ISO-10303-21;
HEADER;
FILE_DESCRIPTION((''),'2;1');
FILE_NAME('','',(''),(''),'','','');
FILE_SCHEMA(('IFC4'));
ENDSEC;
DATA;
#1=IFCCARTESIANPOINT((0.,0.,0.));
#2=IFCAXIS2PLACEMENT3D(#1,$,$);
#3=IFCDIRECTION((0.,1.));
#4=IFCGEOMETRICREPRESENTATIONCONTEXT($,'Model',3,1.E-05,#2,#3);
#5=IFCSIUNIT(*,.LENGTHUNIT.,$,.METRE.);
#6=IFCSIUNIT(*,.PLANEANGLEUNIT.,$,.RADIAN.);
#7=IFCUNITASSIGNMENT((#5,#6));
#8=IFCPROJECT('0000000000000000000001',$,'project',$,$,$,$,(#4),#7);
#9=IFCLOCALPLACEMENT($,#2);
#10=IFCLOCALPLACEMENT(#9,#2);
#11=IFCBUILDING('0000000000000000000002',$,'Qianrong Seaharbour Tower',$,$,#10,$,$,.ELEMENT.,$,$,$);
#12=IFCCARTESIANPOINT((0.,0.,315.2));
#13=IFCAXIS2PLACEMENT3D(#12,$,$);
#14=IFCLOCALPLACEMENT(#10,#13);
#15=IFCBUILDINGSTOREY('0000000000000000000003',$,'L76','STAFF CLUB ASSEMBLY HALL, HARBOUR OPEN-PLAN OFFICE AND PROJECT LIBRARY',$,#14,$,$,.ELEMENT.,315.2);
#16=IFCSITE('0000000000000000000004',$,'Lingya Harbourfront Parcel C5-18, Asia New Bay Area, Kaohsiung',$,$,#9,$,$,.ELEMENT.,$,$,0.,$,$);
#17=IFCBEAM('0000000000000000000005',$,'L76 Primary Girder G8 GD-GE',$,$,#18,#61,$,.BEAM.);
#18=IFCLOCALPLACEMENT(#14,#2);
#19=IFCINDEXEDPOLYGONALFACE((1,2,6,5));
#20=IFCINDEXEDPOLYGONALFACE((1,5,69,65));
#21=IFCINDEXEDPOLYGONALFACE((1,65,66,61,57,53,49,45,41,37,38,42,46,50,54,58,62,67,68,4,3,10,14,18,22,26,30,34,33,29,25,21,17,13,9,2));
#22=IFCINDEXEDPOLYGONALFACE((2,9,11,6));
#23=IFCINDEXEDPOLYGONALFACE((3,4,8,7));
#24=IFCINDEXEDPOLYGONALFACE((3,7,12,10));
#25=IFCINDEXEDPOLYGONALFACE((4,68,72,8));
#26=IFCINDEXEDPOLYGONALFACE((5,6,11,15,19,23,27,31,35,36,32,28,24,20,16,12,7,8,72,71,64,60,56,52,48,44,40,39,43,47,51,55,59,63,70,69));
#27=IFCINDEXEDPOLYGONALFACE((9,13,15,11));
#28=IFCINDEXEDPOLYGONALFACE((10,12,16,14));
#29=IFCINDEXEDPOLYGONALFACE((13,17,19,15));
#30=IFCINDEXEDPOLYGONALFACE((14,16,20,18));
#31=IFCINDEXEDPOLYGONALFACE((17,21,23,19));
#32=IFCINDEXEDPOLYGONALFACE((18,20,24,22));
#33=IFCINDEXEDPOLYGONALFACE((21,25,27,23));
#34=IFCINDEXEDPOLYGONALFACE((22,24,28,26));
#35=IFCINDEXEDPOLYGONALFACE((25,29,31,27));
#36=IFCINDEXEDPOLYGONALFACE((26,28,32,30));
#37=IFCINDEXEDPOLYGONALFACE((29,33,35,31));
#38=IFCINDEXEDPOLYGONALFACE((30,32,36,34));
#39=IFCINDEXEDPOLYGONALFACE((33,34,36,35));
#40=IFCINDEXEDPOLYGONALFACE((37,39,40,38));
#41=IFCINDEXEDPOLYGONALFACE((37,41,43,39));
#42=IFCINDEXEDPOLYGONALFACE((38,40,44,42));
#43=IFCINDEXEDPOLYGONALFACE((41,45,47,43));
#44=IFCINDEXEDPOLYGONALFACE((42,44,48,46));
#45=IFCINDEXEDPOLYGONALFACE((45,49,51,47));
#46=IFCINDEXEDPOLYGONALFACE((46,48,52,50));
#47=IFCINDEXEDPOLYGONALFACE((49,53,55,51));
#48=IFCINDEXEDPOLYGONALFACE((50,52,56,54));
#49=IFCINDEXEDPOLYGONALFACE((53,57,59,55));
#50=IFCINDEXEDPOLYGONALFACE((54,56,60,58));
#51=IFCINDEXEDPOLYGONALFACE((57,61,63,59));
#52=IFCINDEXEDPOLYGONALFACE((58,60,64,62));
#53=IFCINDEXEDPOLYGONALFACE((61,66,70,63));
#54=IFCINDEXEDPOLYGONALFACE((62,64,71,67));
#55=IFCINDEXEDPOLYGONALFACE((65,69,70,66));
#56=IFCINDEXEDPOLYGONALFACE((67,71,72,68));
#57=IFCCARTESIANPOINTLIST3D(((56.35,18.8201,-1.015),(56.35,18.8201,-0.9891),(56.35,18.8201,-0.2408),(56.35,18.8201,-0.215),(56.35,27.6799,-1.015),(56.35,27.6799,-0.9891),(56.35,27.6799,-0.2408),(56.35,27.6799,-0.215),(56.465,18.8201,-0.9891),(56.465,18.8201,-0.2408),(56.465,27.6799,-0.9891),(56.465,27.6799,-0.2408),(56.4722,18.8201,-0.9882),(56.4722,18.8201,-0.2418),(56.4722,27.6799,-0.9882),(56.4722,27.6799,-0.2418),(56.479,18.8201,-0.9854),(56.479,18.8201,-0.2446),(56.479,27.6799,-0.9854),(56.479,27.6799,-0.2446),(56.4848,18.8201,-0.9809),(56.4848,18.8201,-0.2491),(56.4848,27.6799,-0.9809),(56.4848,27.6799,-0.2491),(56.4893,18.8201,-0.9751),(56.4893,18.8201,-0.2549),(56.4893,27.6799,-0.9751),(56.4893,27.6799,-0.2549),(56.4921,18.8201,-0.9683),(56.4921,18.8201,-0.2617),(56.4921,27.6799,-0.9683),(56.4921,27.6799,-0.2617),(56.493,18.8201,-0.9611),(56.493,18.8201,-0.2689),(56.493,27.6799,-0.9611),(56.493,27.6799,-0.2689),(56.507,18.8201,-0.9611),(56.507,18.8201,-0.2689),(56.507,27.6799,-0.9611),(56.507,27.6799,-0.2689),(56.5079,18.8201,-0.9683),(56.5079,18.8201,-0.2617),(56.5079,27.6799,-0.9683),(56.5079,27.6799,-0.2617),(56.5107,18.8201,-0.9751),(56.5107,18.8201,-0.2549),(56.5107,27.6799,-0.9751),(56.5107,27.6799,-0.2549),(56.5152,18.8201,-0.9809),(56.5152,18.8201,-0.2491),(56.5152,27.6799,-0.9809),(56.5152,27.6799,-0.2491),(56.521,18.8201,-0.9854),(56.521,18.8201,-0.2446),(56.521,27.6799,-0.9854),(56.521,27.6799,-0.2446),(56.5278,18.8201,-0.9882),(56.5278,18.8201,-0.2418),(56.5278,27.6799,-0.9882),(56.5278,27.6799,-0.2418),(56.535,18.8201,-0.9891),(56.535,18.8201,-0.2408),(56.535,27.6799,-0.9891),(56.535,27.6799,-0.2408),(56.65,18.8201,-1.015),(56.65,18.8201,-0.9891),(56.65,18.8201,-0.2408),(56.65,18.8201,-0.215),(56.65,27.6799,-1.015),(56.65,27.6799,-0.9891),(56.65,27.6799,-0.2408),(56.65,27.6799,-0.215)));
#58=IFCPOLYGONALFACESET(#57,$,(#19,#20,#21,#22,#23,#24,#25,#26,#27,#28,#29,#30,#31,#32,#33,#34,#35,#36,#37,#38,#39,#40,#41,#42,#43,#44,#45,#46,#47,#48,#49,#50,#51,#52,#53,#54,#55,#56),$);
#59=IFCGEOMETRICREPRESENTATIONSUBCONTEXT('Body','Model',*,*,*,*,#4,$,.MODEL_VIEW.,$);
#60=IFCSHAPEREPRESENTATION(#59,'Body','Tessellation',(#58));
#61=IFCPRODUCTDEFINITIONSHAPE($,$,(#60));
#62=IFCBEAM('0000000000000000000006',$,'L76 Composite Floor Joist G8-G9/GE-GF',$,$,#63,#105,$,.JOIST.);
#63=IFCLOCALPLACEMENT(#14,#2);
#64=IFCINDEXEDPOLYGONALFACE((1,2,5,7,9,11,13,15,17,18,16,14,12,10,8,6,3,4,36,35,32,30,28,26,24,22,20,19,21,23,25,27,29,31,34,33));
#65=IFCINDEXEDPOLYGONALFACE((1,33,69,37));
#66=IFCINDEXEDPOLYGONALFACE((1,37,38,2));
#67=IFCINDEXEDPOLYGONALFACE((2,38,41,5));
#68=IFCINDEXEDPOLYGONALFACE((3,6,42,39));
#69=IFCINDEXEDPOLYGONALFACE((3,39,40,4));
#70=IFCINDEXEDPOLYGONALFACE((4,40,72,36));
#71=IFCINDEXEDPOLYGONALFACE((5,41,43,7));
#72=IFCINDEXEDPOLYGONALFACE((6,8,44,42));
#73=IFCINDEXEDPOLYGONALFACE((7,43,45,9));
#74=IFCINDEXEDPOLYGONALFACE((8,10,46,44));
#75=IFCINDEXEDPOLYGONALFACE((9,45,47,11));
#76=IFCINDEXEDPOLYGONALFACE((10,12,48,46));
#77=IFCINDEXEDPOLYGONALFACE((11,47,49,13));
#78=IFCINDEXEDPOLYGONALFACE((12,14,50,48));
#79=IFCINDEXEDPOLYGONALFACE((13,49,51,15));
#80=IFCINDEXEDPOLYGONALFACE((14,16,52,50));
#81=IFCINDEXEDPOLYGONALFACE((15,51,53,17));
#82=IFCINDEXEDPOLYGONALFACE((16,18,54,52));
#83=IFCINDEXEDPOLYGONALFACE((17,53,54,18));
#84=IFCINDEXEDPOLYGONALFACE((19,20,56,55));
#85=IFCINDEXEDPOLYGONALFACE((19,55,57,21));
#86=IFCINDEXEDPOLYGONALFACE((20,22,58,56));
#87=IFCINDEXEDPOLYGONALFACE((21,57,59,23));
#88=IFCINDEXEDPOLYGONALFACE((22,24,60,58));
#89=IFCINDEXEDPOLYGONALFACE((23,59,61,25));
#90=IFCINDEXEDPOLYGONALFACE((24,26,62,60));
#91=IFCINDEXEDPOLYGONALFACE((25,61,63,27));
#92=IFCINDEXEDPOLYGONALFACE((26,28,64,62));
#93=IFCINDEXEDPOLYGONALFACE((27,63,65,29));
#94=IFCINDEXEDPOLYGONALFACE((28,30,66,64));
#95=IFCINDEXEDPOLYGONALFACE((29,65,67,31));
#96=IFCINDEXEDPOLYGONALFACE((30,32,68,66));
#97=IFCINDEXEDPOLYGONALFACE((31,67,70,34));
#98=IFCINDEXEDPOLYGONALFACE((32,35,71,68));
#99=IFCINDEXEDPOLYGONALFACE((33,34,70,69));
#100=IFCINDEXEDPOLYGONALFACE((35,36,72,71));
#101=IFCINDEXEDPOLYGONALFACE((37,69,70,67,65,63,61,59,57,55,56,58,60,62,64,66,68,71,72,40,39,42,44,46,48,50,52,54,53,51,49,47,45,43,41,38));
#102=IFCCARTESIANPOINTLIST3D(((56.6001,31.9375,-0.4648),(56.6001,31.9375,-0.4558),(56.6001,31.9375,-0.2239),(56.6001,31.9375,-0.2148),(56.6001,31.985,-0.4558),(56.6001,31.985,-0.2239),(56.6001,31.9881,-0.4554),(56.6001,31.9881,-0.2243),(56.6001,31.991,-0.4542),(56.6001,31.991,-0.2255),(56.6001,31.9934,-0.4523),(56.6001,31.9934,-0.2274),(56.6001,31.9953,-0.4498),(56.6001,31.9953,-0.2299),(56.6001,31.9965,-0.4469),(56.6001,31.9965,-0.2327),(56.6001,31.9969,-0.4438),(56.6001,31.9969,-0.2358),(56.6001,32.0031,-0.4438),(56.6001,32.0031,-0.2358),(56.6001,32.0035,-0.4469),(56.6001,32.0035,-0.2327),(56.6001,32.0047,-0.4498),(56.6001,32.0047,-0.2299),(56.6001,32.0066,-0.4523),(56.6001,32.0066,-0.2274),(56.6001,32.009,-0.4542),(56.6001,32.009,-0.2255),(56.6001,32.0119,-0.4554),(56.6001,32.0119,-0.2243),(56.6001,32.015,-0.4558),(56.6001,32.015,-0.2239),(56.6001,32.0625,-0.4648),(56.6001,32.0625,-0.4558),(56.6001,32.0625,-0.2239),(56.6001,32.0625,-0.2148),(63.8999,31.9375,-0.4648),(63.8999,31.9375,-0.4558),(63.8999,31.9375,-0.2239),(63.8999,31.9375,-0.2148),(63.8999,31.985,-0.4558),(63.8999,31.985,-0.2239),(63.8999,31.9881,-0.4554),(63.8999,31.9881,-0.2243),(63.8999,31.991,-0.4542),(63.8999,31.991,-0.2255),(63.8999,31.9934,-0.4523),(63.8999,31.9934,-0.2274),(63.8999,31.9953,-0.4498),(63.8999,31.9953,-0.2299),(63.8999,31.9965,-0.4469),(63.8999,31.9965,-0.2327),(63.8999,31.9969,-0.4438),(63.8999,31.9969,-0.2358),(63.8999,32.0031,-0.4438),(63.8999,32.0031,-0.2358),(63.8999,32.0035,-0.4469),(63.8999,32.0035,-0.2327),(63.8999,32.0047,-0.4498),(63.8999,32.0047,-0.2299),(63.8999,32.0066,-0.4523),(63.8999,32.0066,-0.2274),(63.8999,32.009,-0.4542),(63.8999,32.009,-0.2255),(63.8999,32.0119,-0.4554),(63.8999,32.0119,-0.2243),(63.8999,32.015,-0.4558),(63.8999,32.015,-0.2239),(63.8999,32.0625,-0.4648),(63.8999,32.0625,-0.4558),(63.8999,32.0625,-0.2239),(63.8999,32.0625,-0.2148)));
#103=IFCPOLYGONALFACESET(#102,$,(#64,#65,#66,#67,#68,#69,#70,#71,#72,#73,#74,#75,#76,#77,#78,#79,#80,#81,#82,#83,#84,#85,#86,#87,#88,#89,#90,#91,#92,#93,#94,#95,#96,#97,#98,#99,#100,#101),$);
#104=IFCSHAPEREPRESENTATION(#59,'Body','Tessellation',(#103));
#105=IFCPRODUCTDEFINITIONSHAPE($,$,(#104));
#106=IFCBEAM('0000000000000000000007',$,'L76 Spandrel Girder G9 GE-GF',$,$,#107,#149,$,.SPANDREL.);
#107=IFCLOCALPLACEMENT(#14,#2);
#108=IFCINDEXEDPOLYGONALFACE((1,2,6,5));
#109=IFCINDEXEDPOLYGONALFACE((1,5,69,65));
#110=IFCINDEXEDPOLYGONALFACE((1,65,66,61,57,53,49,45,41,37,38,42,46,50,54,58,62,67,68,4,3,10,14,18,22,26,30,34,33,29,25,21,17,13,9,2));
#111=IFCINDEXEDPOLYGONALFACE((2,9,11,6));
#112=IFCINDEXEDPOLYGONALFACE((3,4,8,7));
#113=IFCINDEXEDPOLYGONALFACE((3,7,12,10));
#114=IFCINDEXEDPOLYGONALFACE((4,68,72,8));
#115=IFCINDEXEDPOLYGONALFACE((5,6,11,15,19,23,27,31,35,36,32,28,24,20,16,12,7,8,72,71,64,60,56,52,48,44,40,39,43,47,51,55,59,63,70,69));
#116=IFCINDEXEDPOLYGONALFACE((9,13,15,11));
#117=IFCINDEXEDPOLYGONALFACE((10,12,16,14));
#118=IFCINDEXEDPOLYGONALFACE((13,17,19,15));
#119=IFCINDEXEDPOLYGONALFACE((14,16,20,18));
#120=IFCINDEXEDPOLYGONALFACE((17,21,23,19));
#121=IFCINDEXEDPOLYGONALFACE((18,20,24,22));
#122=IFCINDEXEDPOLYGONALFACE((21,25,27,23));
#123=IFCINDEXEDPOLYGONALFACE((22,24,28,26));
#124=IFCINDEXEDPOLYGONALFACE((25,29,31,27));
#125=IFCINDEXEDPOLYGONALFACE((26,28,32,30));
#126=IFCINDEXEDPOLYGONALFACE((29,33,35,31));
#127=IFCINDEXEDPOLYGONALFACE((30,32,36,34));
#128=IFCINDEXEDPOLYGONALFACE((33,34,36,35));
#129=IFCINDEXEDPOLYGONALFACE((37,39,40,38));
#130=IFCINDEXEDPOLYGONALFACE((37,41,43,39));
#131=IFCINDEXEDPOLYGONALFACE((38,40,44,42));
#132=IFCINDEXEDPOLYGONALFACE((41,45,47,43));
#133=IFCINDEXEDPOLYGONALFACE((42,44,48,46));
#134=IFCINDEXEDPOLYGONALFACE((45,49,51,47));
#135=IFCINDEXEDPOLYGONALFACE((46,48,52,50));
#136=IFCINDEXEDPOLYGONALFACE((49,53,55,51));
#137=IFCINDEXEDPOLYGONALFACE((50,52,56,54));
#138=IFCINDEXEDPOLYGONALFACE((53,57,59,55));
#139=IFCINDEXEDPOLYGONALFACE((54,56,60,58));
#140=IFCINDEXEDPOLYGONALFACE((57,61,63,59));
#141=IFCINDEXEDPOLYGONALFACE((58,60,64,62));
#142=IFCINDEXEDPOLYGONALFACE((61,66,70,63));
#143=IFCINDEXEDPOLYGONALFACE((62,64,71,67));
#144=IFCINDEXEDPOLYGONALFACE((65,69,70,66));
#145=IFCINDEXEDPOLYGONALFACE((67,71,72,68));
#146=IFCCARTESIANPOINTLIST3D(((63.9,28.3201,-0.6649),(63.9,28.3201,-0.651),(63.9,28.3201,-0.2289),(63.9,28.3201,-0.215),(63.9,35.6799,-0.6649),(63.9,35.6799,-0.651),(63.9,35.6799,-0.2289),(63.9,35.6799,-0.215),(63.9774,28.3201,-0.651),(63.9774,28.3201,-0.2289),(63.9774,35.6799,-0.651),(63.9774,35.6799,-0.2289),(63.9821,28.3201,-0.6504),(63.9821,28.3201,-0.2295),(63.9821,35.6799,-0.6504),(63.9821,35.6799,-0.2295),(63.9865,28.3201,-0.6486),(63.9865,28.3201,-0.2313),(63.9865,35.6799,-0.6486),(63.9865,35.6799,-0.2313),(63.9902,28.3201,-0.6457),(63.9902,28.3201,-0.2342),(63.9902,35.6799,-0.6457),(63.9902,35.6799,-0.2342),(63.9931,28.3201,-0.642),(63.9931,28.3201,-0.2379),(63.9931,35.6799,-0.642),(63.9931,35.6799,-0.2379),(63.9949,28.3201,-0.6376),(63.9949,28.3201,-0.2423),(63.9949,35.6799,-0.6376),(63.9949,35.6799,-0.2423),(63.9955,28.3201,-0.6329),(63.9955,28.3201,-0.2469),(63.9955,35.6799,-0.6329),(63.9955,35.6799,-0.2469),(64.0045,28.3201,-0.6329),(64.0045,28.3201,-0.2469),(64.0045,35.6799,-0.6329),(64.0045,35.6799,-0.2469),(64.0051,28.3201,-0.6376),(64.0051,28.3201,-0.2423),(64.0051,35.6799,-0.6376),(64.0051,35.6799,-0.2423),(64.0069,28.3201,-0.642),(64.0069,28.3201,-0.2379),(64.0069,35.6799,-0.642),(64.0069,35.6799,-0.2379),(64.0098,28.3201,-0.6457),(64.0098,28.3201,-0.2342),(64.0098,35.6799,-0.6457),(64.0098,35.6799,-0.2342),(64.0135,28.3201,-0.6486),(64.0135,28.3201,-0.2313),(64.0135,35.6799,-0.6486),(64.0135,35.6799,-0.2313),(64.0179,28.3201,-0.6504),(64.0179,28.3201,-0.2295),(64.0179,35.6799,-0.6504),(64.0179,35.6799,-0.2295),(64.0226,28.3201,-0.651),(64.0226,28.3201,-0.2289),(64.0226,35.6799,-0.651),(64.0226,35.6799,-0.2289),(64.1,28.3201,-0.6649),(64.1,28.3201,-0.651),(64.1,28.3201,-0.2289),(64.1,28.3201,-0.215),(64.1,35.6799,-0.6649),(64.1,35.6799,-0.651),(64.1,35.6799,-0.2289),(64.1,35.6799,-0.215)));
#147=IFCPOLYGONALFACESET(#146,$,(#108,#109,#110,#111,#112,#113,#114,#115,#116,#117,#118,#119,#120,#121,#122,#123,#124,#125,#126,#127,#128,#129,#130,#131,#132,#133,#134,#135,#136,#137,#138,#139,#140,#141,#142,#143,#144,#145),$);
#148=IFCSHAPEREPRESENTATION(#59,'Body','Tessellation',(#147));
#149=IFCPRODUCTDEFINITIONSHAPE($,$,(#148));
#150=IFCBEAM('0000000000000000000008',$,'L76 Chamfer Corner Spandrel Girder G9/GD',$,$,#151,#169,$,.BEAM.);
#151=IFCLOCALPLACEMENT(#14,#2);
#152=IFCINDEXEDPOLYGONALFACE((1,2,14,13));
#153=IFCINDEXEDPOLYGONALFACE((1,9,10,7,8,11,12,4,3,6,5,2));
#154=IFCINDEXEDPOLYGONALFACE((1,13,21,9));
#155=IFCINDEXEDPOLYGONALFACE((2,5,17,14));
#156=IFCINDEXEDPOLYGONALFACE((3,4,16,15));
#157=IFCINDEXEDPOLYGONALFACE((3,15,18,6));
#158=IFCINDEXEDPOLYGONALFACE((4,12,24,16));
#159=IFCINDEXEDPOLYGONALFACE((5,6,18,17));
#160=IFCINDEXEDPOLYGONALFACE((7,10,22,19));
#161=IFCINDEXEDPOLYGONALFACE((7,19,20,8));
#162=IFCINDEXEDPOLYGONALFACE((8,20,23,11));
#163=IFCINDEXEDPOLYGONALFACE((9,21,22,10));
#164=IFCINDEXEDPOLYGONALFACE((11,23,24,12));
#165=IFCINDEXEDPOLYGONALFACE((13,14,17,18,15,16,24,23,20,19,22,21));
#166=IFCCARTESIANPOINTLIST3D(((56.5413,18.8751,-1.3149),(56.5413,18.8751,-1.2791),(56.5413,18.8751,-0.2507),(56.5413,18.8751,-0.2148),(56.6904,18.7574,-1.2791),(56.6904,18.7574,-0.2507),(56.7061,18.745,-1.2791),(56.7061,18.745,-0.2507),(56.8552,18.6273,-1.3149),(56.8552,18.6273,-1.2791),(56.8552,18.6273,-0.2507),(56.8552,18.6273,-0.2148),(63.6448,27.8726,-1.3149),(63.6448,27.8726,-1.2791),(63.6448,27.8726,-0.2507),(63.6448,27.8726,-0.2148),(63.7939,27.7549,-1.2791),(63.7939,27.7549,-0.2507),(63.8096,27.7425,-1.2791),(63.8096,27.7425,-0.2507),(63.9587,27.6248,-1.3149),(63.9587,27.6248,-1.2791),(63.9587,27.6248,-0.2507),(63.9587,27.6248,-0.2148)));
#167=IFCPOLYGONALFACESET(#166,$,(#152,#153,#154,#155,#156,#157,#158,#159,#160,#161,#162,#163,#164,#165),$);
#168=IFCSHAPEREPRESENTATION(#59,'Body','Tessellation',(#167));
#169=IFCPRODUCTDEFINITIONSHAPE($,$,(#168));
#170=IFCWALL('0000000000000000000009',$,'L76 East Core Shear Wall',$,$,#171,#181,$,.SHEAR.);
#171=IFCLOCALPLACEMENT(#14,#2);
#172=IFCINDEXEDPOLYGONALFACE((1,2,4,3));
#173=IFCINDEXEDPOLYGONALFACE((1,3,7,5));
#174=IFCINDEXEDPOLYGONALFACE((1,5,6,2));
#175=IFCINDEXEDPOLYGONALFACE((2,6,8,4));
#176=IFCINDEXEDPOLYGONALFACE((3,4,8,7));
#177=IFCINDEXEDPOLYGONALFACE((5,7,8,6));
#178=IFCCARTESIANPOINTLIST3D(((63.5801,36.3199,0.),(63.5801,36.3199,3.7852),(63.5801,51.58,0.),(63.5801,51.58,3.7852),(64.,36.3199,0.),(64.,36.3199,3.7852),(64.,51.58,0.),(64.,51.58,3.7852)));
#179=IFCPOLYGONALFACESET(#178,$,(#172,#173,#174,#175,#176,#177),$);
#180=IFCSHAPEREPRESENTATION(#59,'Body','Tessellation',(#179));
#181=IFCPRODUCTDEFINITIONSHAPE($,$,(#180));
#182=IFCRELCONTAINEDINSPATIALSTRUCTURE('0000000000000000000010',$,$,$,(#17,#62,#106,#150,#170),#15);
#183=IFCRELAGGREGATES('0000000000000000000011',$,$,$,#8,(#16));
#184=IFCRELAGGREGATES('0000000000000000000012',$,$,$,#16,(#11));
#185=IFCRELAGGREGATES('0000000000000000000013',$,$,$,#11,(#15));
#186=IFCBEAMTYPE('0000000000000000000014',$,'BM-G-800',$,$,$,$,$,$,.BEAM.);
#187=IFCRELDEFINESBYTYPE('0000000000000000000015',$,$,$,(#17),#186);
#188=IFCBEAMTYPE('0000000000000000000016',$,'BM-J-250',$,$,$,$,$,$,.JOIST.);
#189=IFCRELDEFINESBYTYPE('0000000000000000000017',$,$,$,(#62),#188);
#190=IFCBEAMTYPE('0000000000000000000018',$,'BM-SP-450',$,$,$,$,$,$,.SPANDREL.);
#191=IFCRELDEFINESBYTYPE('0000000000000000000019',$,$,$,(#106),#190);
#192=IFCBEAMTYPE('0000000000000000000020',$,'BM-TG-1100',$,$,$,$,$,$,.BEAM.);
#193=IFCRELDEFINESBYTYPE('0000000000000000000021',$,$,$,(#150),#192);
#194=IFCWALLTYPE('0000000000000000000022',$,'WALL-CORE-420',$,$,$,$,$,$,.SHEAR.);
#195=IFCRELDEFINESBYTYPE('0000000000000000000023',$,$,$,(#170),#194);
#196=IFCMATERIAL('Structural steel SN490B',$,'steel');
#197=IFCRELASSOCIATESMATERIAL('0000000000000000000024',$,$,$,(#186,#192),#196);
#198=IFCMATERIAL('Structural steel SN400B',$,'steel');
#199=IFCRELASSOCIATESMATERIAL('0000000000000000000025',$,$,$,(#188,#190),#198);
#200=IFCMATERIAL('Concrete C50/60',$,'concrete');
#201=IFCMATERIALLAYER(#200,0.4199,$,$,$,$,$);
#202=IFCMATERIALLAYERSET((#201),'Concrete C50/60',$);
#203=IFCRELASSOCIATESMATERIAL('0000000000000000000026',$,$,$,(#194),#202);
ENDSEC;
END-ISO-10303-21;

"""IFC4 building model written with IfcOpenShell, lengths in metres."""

from ifc_helpers import new_model, si_unit, direction, frame, frame_2d, origin, origin_2d, place, context, subcontext, project, spatial, rectangle, i_section, extrude, material, layer, layer_set, material_profile, profile_set, type_object, element, save


model = new_model("IFC4")

# Units and contexts
model_context = context("Model", 3, precision=1e-05, world=origin(), true_north=direction((0.0, 1.0)))
body_context = subcontext(model_context, "Body", "Model", "MODEL_VIEW")
ifc_project = project(units=[si_unit("LENGTHUNIT", "METRE"), si_unit("PLANEANGLEUNIT", "RADIAN")], contexts=[model_context])

# Site, building, storey
site_placement = place(None, origin())
site = spatial("IfcSite", under=ifc_project, at=site_placement, Name="Lingya Harbourfront Parcel C5-18, Asia New Bay Area, Kaohsiung", CompositionType="ELEMENT", RefElevation=0.0)
building_placement = place(site_placement, origin())
building = spatial("IfcBuilding", under=site, at=building_placement, Name="Qianrong Seaharbour Tower", CompositionType="ELEMENT")
storey_placement = place(building_placement, frame((0.0, 0.0, 315.2)))
storey = spatial("IfcBuildingStorey", under=building, at=storey_placement, Name="L76", Description="STAFF CLUB ASSEMBLY HALL, HARBOUR OPEN-PLAN OFFICE AND PROJECT LIBRARY", CompositionType="ELEMENT", Elevation=315.2)

# Shared definitions
ifc_material_1 = material(Name="Structural steel SN490B", Category="steel")
ifc_material_2 = material(Name="Concrete C50/60", Category="concrete")
ifc_material_3 = material(Name="Structural steel SN400B", Category="steel")

# Beams
ifc_material_profile_1 = material_profile(ifc_material_1, i_section(OverallWidth=0.3, OverallDepth=0.8, WebThickness=0.0139, FlangeThickness=0.0259, FilletRadius=0.0281, at=origin_2d()), Name="H800x300x14x26")
ifc_profile_set_1 = profile_set([ifc_material_profile_1], Name="Structural steel SN490B")
beam_type_1 = type_object("IfcBeamType", Name="BM-G-800", PredefinedType="BEAM", material=ifc_profile_set_1)
beam_1_placement = place(storey_placement, frame((56.5, 18.8201, -0.615), z_axis=(0.0, 1.0, 0.0), x_axis=(-1.0, 0.0, 0.0)))
element("IfcBeam", 1, at=beam_1_placement, inside=storey, type_object=beam_type_1, Name="L76 Primary Girder G8 GD-GE", PredefinedType="BEAM", context=body_context, shape_type="SweptSolid", body=[
    extrude(i_section(OverallWidth=0.3, OverallDepth=0.8, WebThickness=0.0139, FlangeThickness=0.0259, FilletRadius=0.0281, at=origin_2d()), origin(), (0.0, 0.0, 1.0), 8.8599),
])
ifc_material_profile_2 = material_profile(ifc_material_3, i_section(OverallWidth=0.125, OverallDepth=0.25, WebThickness=0.0061, FlangeThickness=0.009, FilletRadius=0.012, at=origin_2d()), Name="H250x125x6x9")
ifc_profile_set_2 = profile_set([ifc_material_profile_2], Name="Structural steel SN400B")
beam_type_2 = type_object("IfcBeamType", Name="BM-J-250", PredefinedType="JOIST", material=ifc_profile_set_2)
beam_2_placement = place(storey_placement, frame((56.6001, 32.0, -0.3398), z_axis=(1.0, 0.0, 0.0), x_axis=(0.0, 1.0, 0.0)))
element("IfcBeam", 2, at=beam_2_placement, inside=storey, type_object=beam_type_2, Name="L76 Composite Floor Joist G8-G9/GE-GF", PredefinedType="JOIST", context=body_context, shape_type="SweptSolid", body=[
    extrude(i_section(OverallWidth=0.125, OverallDepth=0.25, WebThickness=0.0061, FlangeThickness=0.009, FilletRadius=0.012, at=origin_2d()), origin(), (0.0, 0.0, 1.0), 7.2998),
])
ifc_material_profile_3 = material_profile(ifc_material_3, i_section(OverallWidth=0.2, OverallDepth=0.45, WebThickness=0.009, FlangeThickness=0.0139, FilletRadius=0.0181, at=origin_2d()), Name="H450x200x9x14")
ifc_profile_set_3 = profile_set([ifc_material_profile_3], Name="Structural steel SN400B")
beam_type_3 = type_object("IfcBeamType", Name="BM-SP-450", PredefinedType="SPANDREL", material=ifc_profile_set_3)
beam_3_placement = place(storey_placement, frame((64.0, 28.3201, -0.4399), z_axis=(0.0, 1.0, 0.0), x_axis=(-1.0, 0.0, 0.0)))
element("IfcBeam", 3, at=beam_3_placement, inside=storey, type_object=beam_type_3, Name="L76 Spandrel Girder G9 GE-GF", PredefinedType="SPANDREL", context=body_context, shape_type="SweptSolid", body=[
    extrude(i_section(OverallWidth=0.2, OverallDepth=0.45, WebThickness=0.009, FlangeThickness=0.0139, FilletRadius=0.0181, at=origin_2d()), origin(), (0.0, 0.0, 1.0), 7.3599),
])
ifc_material_profile_4 = material_profile(ifc_material_1, i_section(OverallWidth=0.3999, OverallDepth=1.1001, WebThickness=0.02, FlangeThickness=0.0359, at=origin_2d()), Name="BH1100x400x20x36")
ifc_profile_set_4 = profile_set([ifc_material_profile_4], Name="Structural steel SN490B")
beam_type_4 = type_object("IfcBeamType", Name="BM-TG-1100", PredefinedType="BEAM", material=ifc_profile_set_4)
beam_4_placement = place(storey_placement, frame((56.6982, 18.7512, -0.7649), z_axis=(0.619654, 0.784875, 0.0), x_axis=(-0.784875, 0.619654, 0.0)))
element("IfcBeam", 4, at=beam_4_placement, inside=storey, type_object=beam_type_4, Name="L76 Chamfer Corner Spandrel Girder G9/GD", PredefinedType="BEAM", context=body_context, shape_type="SweptSolid", body=[
    extrude(i_section(OverallWidth=0.3999, OverallDepth=1.1001, WebThickness=0.02, FlangeThickness=0.0359, at=origin_2d()), origin(), (0.0, 0.0, 1.0), 11.4636),
])

# Wall
ifc_layer_1 = layer(ifc_material_2, 0.4199)
ifc_layer_set_1 = layer_set([ifc_layer_1], Name="Concrete C50/60")
wall_type_1 = type_object("IfcWallType", Name="WALL-CORE-420", PredefinedType="SHEAR", material=ifc_layer_set_1)
wall_1_placement = place(storey_placement, frame((63.79, 36.3201, 0.0), z_axis=(0.0, 0.0, 1.0), x_axis=(0.0, 1.0, 0.0)))
element("IfcWall", 5, at=wall_1_placement, inside=storey, type_object=wall_type_1, Name="L76 East Core Shear Wall", PredefinedType="SHEAR", context=body_context, shape_type="SweptSolid", body=[
    extrude(rectangle(XDim=15.26, YDim=0.4199, at=frame_2d((7.6299, 0.0))), origin(), (0.0, 0.0, 1.0), 3.7852),
])

save(model, "model.ifc")
